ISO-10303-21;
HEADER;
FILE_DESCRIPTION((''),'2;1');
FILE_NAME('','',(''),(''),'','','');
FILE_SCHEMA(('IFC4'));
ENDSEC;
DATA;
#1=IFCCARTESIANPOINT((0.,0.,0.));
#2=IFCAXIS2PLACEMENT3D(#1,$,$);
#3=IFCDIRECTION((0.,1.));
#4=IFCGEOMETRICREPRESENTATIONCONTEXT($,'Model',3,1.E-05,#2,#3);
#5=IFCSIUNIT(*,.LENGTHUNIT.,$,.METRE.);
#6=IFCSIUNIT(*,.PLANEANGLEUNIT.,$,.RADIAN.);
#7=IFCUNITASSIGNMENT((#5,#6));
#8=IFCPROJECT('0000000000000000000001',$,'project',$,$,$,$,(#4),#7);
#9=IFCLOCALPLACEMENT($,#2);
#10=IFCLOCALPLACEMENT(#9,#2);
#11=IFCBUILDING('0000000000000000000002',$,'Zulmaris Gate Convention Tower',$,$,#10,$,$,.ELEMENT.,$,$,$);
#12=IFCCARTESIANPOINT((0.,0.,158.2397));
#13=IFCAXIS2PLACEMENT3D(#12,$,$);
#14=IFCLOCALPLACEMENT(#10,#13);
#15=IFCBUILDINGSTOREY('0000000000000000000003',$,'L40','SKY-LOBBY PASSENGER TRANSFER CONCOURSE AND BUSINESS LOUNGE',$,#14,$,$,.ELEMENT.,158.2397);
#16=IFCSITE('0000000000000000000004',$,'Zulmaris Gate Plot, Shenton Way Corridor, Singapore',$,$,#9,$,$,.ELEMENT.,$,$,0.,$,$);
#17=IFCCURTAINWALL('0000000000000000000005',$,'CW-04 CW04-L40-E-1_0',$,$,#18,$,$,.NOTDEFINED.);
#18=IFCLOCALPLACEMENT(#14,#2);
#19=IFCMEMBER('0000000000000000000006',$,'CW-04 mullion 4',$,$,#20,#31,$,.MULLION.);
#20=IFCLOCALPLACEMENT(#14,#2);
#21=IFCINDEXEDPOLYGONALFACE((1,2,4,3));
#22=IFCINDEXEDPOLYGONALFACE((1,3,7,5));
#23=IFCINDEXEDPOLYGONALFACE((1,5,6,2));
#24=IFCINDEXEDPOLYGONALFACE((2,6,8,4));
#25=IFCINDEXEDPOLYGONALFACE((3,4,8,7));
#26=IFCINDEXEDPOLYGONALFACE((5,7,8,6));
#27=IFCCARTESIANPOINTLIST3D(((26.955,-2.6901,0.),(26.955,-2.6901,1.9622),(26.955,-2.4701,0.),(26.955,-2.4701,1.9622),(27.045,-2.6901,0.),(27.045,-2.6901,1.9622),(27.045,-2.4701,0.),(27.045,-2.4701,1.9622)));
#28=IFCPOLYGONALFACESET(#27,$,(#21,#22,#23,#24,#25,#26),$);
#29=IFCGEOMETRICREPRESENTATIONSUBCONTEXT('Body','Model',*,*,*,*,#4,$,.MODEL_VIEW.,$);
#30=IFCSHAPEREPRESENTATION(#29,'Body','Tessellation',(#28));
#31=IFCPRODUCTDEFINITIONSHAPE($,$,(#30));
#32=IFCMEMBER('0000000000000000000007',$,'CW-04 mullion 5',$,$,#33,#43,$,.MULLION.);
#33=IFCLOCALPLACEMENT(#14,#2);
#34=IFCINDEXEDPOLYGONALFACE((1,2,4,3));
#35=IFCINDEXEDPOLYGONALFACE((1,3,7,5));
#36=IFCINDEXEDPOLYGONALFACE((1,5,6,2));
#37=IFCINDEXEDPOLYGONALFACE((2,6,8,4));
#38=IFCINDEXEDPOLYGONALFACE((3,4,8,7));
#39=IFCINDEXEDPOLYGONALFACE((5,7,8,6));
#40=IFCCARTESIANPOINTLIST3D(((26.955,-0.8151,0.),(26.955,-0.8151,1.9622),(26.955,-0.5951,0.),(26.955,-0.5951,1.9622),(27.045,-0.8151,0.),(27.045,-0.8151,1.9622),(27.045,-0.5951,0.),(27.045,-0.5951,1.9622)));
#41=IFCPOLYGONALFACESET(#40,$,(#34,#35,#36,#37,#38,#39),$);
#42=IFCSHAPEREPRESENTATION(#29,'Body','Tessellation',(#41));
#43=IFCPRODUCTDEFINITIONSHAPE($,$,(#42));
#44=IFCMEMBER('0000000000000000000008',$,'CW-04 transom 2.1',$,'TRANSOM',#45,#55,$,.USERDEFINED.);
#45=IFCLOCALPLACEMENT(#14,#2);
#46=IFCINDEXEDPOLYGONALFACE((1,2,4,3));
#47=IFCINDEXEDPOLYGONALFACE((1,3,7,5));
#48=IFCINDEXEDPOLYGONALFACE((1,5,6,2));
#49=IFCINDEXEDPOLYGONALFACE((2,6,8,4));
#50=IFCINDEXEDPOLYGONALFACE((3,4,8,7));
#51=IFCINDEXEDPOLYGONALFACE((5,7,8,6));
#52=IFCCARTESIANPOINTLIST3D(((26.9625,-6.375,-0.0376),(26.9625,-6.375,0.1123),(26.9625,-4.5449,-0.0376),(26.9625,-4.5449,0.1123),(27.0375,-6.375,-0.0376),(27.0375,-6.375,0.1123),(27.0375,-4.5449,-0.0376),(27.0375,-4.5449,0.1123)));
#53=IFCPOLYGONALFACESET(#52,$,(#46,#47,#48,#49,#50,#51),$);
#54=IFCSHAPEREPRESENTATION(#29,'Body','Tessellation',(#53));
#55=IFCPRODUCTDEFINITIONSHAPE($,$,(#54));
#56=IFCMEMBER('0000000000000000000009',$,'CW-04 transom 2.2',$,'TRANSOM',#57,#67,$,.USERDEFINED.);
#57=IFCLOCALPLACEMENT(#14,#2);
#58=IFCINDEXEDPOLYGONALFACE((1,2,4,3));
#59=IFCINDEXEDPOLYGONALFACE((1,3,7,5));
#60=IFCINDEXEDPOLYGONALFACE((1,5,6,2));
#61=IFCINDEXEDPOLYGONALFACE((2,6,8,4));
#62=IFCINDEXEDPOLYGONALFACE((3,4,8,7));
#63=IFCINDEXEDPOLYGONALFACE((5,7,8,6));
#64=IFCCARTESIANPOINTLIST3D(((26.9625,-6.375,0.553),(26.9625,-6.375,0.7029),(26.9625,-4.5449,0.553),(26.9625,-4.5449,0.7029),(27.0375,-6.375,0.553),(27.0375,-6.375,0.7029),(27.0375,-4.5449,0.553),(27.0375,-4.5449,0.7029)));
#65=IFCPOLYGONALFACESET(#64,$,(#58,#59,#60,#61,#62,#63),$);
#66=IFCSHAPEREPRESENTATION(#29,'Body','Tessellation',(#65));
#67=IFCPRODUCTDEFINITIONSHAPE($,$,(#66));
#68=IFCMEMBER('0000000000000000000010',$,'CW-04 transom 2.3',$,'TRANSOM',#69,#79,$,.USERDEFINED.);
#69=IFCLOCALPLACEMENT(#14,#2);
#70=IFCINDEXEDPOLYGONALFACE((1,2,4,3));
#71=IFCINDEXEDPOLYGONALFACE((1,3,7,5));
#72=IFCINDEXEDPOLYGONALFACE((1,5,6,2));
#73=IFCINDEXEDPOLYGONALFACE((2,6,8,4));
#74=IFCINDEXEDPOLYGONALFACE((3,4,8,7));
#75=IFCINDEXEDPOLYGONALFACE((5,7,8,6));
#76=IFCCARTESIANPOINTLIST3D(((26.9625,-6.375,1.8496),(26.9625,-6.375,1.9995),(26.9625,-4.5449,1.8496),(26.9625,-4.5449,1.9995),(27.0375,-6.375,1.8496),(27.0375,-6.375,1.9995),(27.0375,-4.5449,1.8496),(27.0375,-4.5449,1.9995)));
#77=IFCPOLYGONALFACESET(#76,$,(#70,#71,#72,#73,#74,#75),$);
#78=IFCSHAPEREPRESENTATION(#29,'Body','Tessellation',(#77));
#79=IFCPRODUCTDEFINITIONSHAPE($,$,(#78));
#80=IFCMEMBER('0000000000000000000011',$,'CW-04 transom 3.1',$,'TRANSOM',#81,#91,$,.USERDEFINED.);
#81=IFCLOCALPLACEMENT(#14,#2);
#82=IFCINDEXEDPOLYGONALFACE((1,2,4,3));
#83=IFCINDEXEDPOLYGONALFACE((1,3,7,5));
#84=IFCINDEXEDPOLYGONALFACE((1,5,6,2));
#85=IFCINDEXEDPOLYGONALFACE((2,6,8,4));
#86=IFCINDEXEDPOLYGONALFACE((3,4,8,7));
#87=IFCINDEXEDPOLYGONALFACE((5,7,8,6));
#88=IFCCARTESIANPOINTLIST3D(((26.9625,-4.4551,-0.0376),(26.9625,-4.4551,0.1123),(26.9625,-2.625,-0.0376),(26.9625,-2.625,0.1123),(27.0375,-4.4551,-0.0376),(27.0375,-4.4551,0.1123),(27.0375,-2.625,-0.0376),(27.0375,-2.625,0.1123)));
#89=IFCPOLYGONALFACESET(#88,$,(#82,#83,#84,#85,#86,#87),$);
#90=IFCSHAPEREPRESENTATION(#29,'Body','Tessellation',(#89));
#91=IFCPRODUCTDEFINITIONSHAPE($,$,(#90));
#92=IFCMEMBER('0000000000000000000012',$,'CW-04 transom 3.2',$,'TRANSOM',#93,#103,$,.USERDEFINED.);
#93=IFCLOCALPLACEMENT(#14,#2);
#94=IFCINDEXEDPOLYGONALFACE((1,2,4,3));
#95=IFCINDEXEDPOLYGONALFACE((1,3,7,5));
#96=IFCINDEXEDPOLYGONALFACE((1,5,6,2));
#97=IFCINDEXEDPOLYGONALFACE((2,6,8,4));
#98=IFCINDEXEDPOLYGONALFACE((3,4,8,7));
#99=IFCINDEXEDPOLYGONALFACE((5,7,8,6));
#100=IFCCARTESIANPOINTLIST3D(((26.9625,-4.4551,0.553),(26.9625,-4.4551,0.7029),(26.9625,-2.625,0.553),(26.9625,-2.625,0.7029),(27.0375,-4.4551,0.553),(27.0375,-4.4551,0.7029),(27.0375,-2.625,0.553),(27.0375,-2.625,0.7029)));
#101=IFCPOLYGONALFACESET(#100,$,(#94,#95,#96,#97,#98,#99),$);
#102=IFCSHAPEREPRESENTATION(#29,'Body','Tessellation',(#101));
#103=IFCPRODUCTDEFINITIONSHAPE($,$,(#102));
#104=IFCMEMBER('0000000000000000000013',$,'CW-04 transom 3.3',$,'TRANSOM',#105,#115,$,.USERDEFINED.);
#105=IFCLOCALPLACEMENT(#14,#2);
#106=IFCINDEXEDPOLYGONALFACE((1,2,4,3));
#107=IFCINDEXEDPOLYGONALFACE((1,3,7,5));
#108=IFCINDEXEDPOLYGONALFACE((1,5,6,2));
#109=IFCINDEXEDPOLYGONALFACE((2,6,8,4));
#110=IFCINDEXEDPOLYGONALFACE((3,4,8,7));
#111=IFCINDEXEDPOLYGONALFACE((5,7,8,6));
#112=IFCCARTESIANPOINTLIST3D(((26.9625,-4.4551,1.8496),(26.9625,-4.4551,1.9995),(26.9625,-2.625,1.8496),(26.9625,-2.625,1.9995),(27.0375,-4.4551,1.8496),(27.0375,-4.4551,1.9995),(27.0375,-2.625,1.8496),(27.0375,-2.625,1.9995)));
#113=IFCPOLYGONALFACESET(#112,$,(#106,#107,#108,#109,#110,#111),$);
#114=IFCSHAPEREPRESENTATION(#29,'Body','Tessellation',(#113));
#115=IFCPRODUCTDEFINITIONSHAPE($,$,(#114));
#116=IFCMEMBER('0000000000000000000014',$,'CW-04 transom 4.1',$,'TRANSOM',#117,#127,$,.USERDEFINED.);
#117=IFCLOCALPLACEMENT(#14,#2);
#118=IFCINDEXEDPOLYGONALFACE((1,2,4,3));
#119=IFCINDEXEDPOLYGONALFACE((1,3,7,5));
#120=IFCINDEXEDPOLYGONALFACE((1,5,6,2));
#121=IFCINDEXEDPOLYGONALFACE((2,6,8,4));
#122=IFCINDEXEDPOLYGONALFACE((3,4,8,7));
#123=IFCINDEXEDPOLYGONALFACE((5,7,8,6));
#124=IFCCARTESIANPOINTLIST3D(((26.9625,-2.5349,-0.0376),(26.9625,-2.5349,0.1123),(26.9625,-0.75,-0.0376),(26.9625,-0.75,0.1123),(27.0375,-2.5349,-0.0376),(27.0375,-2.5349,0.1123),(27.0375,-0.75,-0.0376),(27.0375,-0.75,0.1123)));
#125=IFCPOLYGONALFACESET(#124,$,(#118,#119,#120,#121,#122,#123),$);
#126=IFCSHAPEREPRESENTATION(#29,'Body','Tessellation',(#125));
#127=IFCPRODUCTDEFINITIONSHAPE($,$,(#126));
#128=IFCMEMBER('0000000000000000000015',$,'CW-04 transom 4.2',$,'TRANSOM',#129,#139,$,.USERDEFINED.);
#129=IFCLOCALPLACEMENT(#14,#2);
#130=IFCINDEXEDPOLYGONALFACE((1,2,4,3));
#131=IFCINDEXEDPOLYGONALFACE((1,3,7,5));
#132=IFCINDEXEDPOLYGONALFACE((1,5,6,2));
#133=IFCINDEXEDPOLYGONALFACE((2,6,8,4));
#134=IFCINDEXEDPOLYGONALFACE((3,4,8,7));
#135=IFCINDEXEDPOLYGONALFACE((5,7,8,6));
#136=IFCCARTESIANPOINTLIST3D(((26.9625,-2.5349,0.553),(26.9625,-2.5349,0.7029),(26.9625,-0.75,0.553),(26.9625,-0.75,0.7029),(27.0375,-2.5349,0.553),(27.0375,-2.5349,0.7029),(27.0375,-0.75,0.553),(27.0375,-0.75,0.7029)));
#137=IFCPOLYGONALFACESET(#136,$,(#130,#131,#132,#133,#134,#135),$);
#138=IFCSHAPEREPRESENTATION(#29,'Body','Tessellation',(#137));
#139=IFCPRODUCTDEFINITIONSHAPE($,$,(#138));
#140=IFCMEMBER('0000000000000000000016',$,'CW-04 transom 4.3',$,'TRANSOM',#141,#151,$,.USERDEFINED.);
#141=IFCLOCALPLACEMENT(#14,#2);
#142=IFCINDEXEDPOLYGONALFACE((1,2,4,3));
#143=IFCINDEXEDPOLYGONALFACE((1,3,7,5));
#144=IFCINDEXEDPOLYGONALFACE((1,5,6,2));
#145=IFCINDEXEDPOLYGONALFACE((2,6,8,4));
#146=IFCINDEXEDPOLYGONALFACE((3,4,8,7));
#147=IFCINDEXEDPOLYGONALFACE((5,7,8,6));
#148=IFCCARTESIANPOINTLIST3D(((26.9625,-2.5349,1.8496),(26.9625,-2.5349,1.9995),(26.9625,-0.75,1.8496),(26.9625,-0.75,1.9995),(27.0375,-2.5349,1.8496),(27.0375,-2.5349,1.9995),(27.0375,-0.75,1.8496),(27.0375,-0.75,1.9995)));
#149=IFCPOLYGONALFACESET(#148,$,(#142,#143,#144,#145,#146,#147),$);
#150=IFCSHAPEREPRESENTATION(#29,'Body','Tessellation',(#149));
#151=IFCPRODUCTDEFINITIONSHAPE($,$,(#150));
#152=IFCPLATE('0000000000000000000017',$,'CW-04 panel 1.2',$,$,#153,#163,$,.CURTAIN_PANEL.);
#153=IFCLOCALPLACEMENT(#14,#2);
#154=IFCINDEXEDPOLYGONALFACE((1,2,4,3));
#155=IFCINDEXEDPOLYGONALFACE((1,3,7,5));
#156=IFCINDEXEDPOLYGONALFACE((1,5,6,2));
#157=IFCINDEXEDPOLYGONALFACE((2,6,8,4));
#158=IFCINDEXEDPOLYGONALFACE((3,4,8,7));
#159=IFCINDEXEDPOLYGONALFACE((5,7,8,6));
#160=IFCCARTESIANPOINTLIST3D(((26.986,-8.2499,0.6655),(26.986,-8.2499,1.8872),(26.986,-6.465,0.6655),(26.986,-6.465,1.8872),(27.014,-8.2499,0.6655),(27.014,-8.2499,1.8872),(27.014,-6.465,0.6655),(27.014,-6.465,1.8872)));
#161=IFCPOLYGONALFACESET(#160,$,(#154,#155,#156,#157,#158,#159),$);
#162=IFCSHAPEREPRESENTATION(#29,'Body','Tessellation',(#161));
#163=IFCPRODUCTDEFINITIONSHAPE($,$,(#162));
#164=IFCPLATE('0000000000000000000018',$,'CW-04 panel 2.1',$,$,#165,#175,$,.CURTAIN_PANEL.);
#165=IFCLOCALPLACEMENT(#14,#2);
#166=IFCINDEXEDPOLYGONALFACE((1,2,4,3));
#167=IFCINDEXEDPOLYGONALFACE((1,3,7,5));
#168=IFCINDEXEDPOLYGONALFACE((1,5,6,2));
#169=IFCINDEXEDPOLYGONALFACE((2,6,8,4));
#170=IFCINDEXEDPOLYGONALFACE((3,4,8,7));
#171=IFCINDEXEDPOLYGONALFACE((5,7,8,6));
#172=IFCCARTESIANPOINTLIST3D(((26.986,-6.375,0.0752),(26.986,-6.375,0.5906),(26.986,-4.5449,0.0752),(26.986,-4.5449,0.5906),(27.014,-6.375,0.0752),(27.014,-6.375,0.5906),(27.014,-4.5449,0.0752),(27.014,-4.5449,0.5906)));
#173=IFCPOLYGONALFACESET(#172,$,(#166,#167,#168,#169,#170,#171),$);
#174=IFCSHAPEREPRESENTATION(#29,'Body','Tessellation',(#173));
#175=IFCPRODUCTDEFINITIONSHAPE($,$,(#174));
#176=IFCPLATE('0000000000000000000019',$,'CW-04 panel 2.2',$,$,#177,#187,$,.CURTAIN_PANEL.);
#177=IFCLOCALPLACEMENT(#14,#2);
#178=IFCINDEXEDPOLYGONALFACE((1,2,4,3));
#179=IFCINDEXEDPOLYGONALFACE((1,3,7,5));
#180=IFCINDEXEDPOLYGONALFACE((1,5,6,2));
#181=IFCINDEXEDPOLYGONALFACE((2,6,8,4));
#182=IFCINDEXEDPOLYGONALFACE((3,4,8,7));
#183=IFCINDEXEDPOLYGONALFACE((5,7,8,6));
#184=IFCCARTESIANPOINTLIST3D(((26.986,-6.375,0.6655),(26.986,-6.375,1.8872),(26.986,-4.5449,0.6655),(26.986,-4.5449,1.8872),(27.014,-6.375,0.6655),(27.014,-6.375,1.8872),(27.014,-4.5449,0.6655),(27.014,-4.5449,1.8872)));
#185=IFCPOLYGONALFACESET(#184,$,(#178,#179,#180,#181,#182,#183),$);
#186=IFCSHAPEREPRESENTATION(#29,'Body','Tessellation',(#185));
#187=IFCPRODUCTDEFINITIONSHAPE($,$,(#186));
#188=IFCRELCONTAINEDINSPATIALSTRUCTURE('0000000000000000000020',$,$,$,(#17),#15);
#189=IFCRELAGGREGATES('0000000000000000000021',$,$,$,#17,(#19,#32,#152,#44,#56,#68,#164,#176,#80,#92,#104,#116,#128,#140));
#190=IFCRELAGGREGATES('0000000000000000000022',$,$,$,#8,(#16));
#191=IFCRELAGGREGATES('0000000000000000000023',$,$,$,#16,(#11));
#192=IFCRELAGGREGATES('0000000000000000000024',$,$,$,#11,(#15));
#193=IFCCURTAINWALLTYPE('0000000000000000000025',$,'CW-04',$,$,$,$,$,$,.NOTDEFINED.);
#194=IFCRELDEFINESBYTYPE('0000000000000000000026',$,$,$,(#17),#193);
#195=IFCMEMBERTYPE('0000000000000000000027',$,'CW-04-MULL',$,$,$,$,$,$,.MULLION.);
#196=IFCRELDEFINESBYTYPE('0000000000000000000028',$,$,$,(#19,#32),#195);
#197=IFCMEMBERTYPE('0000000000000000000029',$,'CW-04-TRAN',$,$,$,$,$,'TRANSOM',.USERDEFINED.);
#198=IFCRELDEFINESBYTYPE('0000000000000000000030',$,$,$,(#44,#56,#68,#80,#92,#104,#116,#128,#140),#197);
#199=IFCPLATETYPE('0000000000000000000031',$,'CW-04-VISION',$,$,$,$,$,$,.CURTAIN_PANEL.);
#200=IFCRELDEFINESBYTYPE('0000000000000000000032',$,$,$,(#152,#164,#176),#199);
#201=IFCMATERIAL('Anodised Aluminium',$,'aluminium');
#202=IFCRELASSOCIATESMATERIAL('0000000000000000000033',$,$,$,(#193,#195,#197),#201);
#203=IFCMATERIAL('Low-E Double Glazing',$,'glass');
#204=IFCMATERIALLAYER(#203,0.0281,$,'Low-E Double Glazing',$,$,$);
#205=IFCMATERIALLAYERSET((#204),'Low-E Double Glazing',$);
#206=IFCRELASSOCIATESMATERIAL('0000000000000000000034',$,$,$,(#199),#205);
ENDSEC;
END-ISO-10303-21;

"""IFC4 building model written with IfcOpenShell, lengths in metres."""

from ifc_helpers import new_model, si_unit, direction, frame, origin, origin_2d, place, context, subcontext, project, spatial, rectangle, extrude, material, layer, layer_set, material_profile, profile_set, type_object, element, aggregate, save


model = new_model("IFC4")

# Units and contexts
model_context = context("Model", 3, precision=1e-05, world=origin(), true_north=direction((0.0, 1.0)))
body_context = subcontext(model_context, "Body", "Model", "MODEL_VIEW")
ifc_project = project(units=[si_unit("LENGTHUNIT", "METRE"), si_unit("PLANEANGLEUNIT", "RADIAN")], contexts=[model_context])

# Site, building, storey
site_placement = place(None, origin())
site = spatial("IfcSite", under=ifc_project, at=site_placement, Name="Zulmaris Gate Plot, Shenton Way Corridor, Singapore", CompositionType="ELEMENT", RefElevation=0.0)
building_placement = place(site_placement, origin())
building = spatial("IfcBuilding", under=site, at=building_placement, Name="Zulmaris Gate Convention Tower", CompositionType="ELEMENT")
storey_placement = place(building_placement, frame((0.0, 0.0, 158.2397)))
storey = spatial("IfcBuildingStorey", under=building, at=storey_placement, Name="L40", Description="SKY-LOBBY PASSENGER TRANSFER CONCOURSE AND BUSINESS LOUNGE", CompositionType="ELEMENT", Elevation=158.2397)

# Curtain wall, members, plates
ifc_material_1 = material(Name="Anodised Aluminium", Category="aluminium")
curtain_wall_type = type_object("IfcCurtainWallType", Name="CW-04", PredefinedType="NOTDEFINED", material=ifc_material_1)
curtain_wall_placement = place(storey_placement, origin())
curtain_wall = element("IfcCurtainWall", 1, at=curtain_wall_placement, inside=storey, type_object=curtain_wall_type, Name="CW-04 CW04-L40-E-1_0", PredefinedType="NOTDEFINED")
ifc_material_profile_1 = material_profile(ifc_material_1, rectangle(XDim=0.0901, YDim=0.22, at=origin_2d()), Name="ALU MULLION 90x220")
ifc_profile_set_1 = profile_set([ifc_material_profile_1], Name="Anodised Aluminium")
member_type_1 = type_object("IfcMemberType", Name="CW-04-MULL", PredefinedType="MULLION", material=ifc_profile_set_1)
member_1_placement = place(storey_placement, frame((27.0, -2.5801, 0.0), z_axis=(0.0, 0.0, 1.0), x_axis=(-1.0, 0.0, 0.0)))
member_1 = element("IfcMember", 2, at=member_1_placement, type_object=member_type_1, Name="CW-04 mullion 4", PredefinedType="MULLION", context=body_context, shape_type="SweptSolid", body=[
    extrude(rectangle(XDim=0.0901, YDim=0.22, at=origin_2d()), origin(), (0.0, 0.0, 1.0), 1.9622),
])
member_2_placement = place(storey_placement, frame((27.0, -0.7051, 0.0), z_axis=(0.0, 0.0, 1.0), x_axis=(-1.0, 0.0, 0.0)))
member_2 = element("IfcMember", 3, at=member_2_placement, type_object=member_type_1, Name="CW-04 mullion 5", PredefinedType="MULLION", context=body_context, shape_type="SweptSolid", body=[
    extrude(rectangle(XDim=0.0901, YDim=0.22, at=origin_2d()), origin(), (0.0, 0.0, 1.0), 1.9622),
])
ifc_material_profile_2 = material_profile(ifc_material_1, rectangle(XDim=0.075, YDim=0.1499, at=origin_2d()), Name="ALU TRANSOM 75x150")
ifc_profile_set_2 = profile_set([ifc_material_profile_2], Name="Anodised Aluminium")
member_type_2 = type_object("IfcMemberType", Name="CW-04-TRAN", ElementType="TRANSOM", PredefinedType="USERDEFINED", material=ifc_profile_set_2)
member_3_placement = place(storey_placement, frame((27.0, -6.375, 0.0374), z_axis=(0.0, 1.0, 0.0), x_axis=(-1.0, 0.0, 0.0)))
member_3 = element("IfcMember", 4, at=member_3_placement, type_object=member_type_2, Name="CW-04 transom 2.1", ObjectType="TRANSOM", PredefinedType="USERDEFINED", context=body_context, shape_type="SweptSolid", body=[
    extrude(rectangle(XDim=0.075, YDim=0.1499, at=origin_2d()), origin(), (0.0, 0.0, 1.0), 1.8301),
])
member_4_placement = place(storey_placement, frame((27.0, -6.375, 0.6279), z_axis=(0.0, 1.0, 0.0), x_axis=(-1.0, 0.0, 0.0)))
member_4 = element("IfcMember", 5, at=member_4_placement, type_object=member_type_2, Name="CW-04 transom 2.2", ObjectType="TRANSOM", PredefinedType="USERDEFINED", context=body_context, shape_type="SweptSolid", body=[
    extrude(rectangle(XDim=0.075, YDim=0.1499, at=origin_2d()), origin(), (0.0, 0.0, 1.0), 1.8301),
])
member_5_placement = place(storey_placement, frame((27.0, -6.375, 1.9246), z_axis=(0.0, 1.0, 0.0), x_axis=(-1.0, 0.0, 0.0)))
member_5 = element("IfcMember", 6, at=member_5_placement, type_object=member_type_2, Name="CW-04 transom 2.3", ObjectType="TRANSOM", PredefinedType="USERDEFINED", context=body_context, shape_type="SweptSolid", body=[
    extrude(rectangle(XDim=0.075, YDim=0.1499, at=origin_2d()), origin(), (0.0, 0.0, 1.0), 1.8301),
])
member_6_placement = place(storey_placement, frame((27.0, -4.4551, 0.0374), z_axis=(0.0, 1.0, 0.0), x_axis=(-1.0, 0.0, 0.0)))
member_6 = element("IfcMember", 7, at=member_6_placement, type_object=member_type_2, Name="CW-04 transom 3.1", ObjectType="TRANSOM", PredefinedType="USERDEFINED", context=body_context, shape_type="SweptSolid", body=[
    extrude(rectangle(XDim=0.075, YDim=0.1499, at=origin_2d()), origin(), (0.0, 0.0, 1.0), 1.8301),
])
member_7_placement = place(storey_placement, frame((27.0, -4.4551, 0.6279), z_axis=(0.0, 1.0, 0.0), x_axis=(-1.0, 0.0, 0.0)))
member_7 = element("IfcMember", 8, at=member_7_placement, type_object=member_type_2, Name="CW-04 transom 3.2", ObjectType="TRANSOM", PredefinedType="USERDEFINED", context=body_context, shape_type="SweptSolid", body=[
    extrude(rectangle(XDim=0.075, YDim=0.1499, at=origin_2d()), origin(), (0.0, 0.0, 1.0), 1.8301),
])
member_8_placement = place(storey_placement, frame((27.0, -4.4551, 1.9246), z_axis=(0.0, 1.0, 0.0), x_axis=(-1.0, 0.0, 0.0)))
member_8 = element("IfcMember", 9, at=member_8_placement, type_object=member_type_2, Name="CW-04 transom 3.3", ObjectType="TRANSOM", PredefinedType="USERDEFINED", context=body_context, shape_type="SweptSolid", body=[
    extrude(rectangle(XDim=0.075, YDim=0.1499, at=origin_2d()), origin(), (0.0, 0.0, 1.0), 1.8301),
])
member_9_placement = place(storey_placement, frame((27.0, -2.5349, 0.0374), z_axis=(0.0, 1.0, 0.0), x_axis=(-1.0, 0.0, 0.0)))
member_9 = element("IfcMember", 10, at=member_9_placement, type_object=member_type_2, Name="CW-04 transom 4.1", ObjectType="TRANSOM", PredefinedType="USERDEFINED", context=body_context, shape_type="SweptSolid", body=[
    extrude(rectangle(XDim=0.075, YDim=0.1499, at=origin_2d()), origin(), (0.0, 0.0, 1.0), 1.7849),
])
member_10_placement = place(storey_placement, frame((27.0, -2.5349, 0.6279), z_axis=(0.0, 1.0, 0.0), x_axis=(-1.0, 0.0, 0.0)))
member_10 = element("IfcMember", 11, at=member_10_placement, type_object=member_type_2, Name="CW-04 transom 4.2", ObjectType="TRANSOM", PredefinedType="USERDEFINED", context=body_context, shape_type="SweptSolid", body=[
    extrude(rectangle(XDim=0.075, YDim=0.1499, at=origin_2d()), origin(), (0.0, 0.0, 1.0), 1.7849),
])
member_11_placement = place(storey_placement, frame((27.0, -2.5349, 1.9246), z_axis=(0.0, 1.0, 0.0), x_axis=(-1.0, 0.0, 0.0)))
member_11 = element("IfcMember", 12, at=member_11_placement, type_object=member_type_2, Name="CW-04 transom 4.3", ObjectType="TRANSOM", PredefinedType="USERDEFINED", context=body_context, shape_type="SweptSolid", body=[
    extrude(rectangle(XDim=0.075, YDim=0.1499, at=origin_2d()), origin(), (0.0, 0.0, 1.0), 1.7849),
])
ifc_material_2 = material(Name="Low-E Double Glazing", Category="glass")
ifc_layer_1 = layer(ifc_material_2, 0.0281, Name="Low-E Double Glazing")
ifc_layer_set_1 = layer_set([ifc_layer_1], Name="Low-E Double Glazing")
plate_type = type_object("IfcPlateType", Name="CW-04-VISION", PredefinedType="CURTAIN_PANEL", material=ifc_layer_set_1)
plate_1_placement = place(storey_placement, frame((27.0, -7.3574, 0.6655), z_axis=(0.0, 0.0, 1.0), x_axis=(0.0, 1.0, 0.0)))
plate_1 = element("IfcPlate", 13, at=plate_1_placement, type_object=plate_type, Name="CW-04 panel 1.2", PredefinedType="CURTAIN_PANEL", context=body_context, shape_type="SweptSolid", body=[
    extrude(rectangle(XDim=1.7849, YDim=0.0281, at=origin_2d()), origin(), (0.0, 0.0, 1.0), 1.2217),
])
plate_2_placement = place(storey_placement, frame((27.0, -5.46, 0.0752), z_axis=(0.0, 0.0, 1.0), x_axis=(0.0, 1.0, 0.0)))
plate_2 = element("IfcPlate", 14, at=plate_2_placement, type_object=plate_type, Name="CW-04 panel 2.1", PredefinedType="CURTAIN_PANEL", context=body_context, shape_type="SweptSolid", body=[
    extrude(rectangle(XDim=1.8301, YDim=0.0281, at=origin_2d()), origin(), (0.0, 0.0, 1.0), 0.5154),
])
plate_3_placement = place(storey_placement, frame((27.0, -5.46, 0.6655), z_axis=(0.0, 0.0, 1.0), x_axis=(0.0, 1.0, 0.0)))
plate_3 = element("IfcPlate", 15, at=plate_3_placement, type_object=plate_type, Name="CW-04 panel 2.2", PredefinedType="CURTAIN_PANEL", context=body_context, shape_type="SweptSolid", body=[
    extrude(rectangle(XDim=1.8301, YDim=0.0281, at=origin_2d()), origin(), (0.0, 0.0, 1.0), 1.2217),
])
aggregate(curtain_wall, [member_1, member_2, plate_1, member_3, member_4, member_5, plate_2, plate_3, member_6, member_7, member_8, member_9, member_10, member_11])

save(model, "model.ifc")
